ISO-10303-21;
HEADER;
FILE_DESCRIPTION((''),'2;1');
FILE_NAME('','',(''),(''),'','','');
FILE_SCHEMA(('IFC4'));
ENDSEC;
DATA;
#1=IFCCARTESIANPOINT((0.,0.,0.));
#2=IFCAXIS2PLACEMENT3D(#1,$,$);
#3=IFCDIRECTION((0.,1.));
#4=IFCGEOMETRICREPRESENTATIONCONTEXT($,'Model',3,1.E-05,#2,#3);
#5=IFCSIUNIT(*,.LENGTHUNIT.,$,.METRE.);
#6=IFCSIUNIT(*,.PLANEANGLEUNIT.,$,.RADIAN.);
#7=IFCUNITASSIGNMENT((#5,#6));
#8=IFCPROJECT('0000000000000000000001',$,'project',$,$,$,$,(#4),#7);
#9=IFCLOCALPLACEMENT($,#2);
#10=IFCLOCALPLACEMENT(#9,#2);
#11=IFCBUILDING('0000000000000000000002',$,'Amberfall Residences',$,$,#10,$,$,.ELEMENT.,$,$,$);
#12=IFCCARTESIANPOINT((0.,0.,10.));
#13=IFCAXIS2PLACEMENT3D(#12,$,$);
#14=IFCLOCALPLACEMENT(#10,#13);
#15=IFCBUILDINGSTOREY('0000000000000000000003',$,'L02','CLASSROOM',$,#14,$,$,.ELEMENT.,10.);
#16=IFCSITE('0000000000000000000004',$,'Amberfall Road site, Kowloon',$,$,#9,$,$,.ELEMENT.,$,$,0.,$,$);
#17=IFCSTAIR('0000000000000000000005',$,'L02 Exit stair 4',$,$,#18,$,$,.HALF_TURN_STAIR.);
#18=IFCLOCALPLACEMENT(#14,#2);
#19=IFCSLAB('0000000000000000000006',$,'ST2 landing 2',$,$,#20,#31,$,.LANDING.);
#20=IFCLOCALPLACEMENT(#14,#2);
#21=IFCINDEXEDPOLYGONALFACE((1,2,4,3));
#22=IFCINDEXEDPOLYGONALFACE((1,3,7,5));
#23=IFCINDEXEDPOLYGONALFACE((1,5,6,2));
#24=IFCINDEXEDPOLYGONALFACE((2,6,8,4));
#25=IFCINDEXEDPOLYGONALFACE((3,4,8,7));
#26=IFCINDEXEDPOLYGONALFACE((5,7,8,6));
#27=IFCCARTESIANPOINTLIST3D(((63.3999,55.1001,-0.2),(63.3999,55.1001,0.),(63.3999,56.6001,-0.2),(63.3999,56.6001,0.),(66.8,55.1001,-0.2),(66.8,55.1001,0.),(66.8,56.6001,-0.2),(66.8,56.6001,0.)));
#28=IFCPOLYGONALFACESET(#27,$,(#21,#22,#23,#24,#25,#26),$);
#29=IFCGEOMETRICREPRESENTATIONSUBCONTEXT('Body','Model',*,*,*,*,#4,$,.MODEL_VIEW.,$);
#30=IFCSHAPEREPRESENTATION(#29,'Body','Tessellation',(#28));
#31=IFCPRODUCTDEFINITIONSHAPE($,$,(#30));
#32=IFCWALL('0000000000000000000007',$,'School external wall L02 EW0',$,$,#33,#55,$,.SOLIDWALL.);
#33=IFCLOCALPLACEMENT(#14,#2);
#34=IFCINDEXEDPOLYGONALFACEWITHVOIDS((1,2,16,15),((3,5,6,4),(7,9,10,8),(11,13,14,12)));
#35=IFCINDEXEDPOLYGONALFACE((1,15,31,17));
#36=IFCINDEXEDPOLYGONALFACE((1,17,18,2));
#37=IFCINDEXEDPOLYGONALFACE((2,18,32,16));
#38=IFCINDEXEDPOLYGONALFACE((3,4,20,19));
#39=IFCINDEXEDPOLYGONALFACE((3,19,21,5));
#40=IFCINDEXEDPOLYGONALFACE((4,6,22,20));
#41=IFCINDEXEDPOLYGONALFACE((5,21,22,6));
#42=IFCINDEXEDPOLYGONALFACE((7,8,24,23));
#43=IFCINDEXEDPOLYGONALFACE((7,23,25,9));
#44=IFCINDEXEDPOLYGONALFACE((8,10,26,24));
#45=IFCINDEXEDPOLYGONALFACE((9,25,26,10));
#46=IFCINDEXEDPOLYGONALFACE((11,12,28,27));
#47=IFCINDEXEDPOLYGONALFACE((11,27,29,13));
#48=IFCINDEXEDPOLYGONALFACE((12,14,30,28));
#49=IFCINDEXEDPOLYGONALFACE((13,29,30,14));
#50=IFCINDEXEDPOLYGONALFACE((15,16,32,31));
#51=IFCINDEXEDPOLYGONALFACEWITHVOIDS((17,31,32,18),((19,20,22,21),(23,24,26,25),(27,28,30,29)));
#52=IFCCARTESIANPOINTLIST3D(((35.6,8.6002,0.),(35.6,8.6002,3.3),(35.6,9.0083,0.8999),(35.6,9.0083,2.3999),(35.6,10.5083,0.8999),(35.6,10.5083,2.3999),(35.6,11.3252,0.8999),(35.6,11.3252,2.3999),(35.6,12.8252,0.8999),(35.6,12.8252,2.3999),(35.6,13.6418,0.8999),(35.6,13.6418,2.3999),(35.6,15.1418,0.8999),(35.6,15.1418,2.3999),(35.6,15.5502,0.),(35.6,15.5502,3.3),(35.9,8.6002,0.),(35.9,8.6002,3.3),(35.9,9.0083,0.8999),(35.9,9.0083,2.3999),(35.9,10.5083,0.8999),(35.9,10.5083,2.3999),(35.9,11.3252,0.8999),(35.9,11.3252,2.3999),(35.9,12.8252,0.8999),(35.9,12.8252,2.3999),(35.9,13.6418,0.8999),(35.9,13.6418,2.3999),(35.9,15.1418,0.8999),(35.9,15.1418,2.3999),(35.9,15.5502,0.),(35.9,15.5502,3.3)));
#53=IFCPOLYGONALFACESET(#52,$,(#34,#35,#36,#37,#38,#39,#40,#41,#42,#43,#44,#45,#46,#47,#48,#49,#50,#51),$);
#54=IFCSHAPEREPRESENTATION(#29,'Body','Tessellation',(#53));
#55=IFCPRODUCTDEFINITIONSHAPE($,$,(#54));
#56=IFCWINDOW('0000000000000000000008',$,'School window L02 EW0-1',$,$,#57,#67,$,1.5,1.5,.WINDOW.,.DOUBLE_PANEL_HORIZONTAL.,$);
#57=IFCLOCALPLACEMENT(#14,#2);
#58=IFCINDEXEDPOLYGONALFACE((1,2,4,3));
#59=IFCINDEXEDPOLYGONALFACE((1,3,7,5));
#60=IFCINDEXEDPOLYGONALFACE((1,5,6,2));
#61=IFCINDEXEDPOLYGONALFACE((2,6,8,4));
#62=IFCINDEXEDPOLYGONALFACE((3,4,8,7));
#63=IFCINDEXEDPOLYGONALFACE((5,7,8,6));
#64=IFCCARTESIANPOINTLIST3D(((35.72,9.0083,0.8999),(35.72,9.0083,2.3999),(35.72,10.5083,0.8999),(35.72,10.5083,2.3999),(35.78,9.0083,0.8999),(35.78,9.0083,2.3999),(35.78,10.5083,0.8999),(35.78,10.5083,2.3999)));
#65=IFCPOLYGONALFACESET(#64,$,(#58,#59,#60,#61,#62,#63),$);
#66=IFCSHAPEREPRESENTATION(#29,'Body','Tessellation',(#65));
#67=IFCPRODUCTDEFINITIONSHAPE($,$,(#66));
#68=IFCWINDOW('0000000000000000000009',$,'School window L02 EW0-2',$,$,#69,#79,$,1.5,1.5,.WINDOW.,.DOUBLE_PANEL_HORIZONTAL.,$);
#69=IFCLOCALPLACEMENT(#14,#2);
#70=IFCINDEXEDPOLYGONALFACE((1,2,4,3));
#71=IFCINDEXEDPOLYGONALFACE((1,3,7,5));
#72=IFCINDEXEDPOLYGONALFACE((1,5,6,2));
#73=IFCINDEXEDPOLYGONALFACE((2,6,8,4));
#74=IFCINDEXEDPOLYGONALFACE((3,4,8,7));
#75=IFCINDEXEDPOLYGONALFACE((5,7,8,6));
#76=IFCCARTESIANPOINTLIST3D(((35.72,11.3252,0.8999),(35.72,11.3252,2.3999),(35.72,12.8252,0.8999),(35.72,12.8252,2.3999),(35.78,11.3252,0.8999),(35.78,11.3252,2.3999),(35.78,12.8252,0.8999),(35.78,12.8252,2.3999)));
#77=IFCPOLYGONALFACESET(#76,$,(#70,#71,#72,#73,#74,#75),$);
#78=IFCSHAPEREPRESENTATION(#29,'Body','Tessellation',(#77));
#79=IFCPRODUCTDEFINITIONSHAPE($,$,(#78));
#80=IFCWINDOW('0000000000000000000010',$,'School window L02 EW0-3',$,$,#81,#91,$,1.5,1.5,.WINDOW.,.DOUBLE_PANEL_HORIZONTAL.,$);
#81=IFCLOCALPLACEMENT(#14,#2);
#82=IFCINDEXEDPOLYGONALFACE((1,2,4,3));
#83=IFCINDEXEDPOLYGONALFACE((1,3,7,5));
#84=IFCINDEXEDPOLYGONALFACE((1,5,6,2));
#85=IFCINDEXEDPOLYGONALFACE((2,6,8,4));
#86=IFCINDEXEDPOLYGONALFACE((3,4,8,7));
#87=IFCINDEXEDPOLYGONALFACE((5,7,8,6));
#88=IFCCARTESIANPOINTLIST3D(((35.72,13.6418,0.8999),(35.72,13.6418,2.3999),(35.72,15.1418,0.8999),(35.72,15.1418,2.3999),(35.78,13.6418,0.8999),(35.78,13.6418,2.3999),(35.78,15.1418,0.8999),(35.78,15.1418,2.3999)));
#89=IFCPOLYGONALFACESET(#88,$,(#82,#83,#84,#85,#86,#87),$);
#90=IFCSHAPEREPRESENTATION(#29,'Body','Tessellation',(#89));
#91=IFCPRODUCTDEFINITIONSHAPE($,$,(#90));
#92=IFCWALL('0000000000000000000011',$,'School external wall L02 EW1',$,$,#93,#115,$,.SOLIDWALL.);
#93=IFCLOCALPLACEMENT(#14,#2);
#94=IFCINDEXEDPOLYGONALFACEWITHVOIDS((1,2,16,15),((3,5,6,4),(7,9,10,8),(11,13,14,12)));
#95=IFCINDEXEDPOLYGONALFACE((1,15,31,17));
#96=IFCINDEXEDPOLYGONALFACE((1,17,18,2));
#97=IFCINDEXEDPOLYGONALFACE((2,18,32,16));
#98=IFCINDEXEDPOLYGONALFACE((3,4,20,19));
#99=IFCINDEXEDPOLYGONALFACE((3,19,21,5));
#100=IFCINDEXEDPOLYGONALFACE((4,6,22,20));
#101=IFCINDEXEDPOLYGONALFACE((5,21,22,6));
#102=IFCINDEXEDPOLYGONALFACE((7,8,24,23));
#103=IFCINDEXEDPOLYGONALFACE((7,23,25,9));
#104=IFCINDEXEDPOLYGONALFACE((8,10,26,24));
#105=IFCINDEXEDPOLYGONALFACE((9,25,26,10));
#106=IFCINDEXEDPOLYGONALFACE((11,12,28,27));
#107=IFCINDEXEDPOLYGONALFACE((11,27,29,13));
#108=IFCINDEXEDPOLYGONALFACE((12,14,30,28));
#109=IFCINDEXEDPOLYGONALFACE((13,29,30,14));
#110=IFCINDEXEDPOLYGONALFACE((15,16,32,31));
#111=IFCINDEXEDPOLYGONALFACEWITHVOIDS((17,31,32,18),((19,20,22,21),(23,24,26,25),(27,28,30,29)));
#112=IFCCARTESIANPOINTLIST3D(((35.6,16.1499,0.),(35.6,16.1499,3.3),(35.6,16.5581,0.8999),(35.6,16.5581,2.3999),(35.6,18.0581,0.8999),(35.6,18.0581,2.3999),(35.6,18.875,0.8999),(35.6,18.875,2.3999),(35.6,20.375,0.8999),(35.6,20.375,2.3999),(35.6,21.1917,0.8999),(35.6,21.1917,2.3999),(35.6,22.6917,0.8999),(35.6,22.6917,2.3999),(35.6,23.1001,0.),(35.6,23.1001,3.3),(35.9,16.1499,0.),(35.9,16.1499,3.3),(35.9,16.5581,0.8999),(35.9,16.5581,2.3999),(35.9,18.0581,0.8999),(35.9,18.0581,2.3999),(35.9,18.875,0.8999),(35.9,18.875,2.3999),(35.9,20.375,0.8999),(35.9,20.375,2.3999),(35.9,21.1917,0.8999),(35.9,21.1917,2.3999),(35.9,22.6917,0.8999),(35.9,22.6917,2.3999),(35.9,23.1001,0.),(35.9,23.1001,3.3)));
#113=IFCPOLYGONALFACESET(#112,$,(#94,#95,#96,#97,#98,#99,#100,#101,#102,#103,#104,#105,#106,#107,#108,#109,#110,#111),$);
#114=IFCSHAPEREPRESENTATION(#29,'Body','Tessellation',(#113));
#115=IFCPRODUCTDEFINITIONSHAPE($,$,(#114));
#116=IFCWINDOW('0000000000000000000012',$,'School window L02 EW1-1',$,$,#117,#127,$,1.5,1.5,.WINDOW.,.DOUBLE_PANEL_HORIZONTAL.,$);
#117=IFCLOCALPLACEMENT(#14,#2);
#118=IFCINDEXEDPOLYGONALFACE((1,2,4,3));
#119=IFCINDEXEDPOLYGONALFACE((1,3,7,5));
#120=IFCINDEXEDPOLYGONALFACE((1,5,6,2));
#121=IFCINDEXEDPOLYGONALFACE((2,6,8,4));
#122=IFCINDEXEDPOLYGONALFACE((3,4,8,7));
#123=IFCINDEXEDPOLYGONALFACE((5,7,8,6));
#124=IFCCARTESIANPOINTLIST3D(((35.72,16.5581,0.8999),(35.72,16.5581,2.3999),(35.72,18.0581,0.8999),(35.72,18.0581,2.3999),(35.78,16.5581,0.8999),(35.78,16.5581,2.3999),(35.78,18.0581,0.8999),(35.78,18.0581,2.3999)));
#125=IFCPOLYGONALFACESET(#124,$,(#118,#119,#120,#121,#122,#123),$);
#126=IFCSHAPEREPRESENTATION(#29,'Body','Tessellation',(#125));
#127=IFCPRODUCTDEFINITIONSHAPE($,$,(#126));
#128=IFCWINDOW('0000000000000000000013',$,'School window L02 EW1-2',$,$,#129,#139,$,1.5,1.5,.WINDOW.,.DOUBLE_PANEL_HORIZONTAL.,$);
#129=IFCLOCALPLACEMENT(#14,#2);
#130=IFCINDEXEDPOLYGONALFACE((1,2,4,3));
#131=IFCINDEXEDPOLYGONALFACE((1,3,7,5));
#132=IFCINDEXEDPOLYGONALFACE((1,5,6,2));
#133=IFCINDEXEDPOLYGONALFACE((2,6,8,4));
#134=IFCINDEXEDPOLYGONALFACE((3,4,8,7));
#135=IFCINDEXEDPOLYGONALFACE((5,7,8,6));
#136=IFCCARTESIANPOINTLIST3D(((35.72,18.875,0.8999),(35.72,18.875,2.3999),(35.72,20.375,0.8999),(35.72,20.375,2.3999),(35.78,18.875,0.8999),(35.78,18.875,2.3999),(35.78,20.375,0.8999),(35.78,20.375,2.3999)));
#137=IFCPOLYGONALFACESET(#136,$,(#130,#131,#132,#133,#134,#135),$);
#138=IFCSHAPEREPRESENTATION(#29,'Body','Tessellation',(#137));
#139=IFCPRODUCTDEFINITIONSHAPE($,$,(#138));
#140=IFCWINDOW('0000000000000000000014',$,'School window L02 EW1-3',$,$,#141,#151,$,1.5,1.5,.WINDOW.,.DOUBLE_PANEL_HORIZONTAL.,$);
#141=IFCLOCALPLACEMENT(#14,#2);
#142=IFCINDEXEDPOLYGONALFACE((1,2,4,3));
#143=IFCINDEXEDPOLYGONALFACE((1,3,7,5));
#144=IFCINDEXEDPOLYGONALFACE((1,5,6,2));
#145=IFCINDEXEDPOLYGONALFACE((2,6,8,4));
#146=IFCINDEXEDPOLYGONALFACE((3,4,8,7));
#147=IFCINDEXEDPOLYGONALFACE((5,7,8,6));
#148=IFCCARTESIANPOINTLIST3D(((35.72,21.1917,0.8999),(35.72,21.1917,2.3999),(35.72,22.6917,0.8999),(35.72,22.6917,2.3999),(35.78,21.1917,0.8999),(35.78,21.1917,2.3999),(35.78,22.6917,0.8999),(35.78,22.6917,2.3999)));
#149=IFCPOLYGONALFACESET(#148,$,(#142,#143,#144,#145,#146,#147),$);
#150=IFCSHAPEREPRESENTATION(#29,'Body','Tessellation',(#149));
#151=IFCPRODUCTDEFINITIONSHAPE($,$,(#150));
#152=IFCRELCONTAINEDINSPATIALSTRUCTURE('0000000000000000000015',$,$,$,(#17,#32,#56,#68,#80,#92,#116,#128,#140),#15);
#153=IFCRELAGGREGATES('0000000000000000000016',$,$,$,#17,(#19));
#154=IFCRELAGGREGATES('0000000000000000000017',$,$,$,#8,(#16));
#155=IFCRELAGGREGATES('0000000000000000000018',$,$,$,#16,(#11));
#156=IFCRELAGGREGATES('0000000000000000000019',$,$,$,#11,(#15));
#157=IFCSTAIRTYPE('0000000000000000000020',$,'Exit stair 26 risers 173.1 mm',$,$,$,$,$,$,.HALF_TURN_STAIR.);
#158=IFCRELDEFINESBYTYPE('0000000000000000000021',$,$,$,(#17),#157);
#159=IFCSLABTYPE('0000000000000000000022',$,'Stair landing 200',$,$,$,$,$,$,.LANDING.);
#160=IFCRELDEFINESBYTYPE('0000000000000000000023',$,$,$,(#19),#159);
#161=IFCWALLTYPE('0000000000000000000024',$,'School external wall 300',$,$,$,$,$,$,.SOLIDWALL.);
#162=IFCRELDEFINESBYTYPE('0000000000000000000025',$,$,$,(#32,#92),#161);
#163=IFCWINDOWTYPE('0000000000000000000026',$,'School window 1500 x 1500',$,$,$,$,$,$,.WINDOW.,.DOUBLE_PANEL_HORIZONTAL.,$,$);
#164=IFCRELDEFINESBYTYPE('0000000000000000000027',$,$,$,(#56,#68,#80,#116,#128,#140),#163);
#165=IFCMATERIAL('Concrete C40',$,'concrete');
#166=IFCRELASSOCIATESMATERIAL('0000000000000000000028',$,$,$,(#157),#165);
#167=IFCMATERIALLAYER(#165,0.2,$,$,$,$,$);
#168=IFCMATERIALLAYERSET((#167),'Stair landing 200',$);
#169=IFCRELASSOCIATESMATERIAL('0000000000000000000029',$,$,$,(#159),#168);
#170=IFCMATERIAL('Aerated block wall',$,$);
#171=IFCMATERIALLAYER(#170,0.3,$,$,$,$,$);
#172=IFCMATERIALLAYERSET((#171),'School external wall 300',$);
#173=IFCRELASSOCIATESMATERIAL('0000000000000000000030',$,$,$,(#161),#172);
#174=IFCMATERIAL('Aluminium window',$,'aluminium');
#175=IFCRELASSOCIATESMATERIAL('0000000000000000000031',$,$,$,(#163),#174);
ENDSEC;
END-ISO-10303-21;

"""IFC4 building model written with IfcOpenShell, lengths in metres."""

from ifc_helpers import new_model, si_unit, direction, frame, frame_2d, origin, place, context, subcontext, project, spatial, polyline, rectangle, outline, extrude, material, layer, layer_set, type_object, element, fill, aggregate, save


model = new_model("IFC4")

# Units and contexts
model_context = context("Model", 3, precision=1e-05, world=origin(), true_north=direction((0.0, 1.0)))
body_context = subcontext(model_context, "Body", "Model", "MODEL_VIEW")
ifc_project = project(units=[si_unit("LENGTHUNIT", "METRE"), si_unit("PLANEANGLEUNIT", "RADIAN")], contexts=[model_context])

# Site, building, storey
site_placement = place(None, origin())
site = spatial("IfcSite", under=ifc_project, at=site_placement, Name="Amberfall Road site, Kowloon", CompositionType="ELEMENT", RefElevation=0.0)
building_placement = place(site_placement, origin())
building = spatial("IfcBuilding", under=site, at=building_placement, Name="Amberfall Residences", CompositionType="ELEMENT")
storey_placement = place(building_placement, frame((0.0, 0.0, 10.0)))
storey = spatial("IfcBuildingStorey", under=building, at=storey_placement, Name="L02", Description="CLASSROOM", CompositionType="ELEMENT", Elevation=10.0)

# Shared definitions
ifc_material_1 = material(Name="Concrete C40", Category="concrete")

# Shared definitions
stair_type_1 = type_object("IfcStairType", Name="Exit stair 26 risers 173.1 mm", PredefinedType="HALF_TURN_STAIR", material=ifc_material_1)
ifc_layer_1 = layer(ifc_material_1, 0.2)
ifc_layer_set_1 = layer_set([ifc_layer_1], Name="Stair landing 200")
slab_type_1 = type_object("IfcSlabType", Name="Stair landing 200", PredefinedType="LANDING", material=ifc_layer_set_1)

# Stair, slab
stair_1_placement = place(storey_placement, origin())
stair_1 = element("IfcStair", 1, at=stair_1_placement, inside=storey, type_object=stair_type_1, Name="L02 Exit stair 4", PredefinedType="HALF_TURN_STAIR")
slab_1_placement = place(storey_placement, frame((0.0, 0.0, -0.2)))
slab_1 = element("IfcSlab", 2, at=slab_1_placement, type_object=slab_type_1, Name="ST2 landing 2", PredefinedType="LANDING", context=body_context, shape_type="SweptSolid", body=[
    extrude(outline(polyline([(63.3999, 56.6001), (63.3999, 55.1001), (66.8, 55.1001), (66.8, 56.6001), (63.3999, 56.6001)])), origin(), (0.0, 0.0, 1.0), 0.2),
])
aggregate(stair_1, [slab_1])

# Walls, openings, windows
ifc_material_2 = material(Name="Aerated block wall")
ifc_layer_2 = layer(ifc_material_2, 0.3)
ifc_layer_set_2 = layer_set([ifc_layer_2], Name="School external wall 300")
wall_type = type_object("IfcWallType", Name="School external wall 300", PredefinedType="SOLIDWALL", material=ifc_layer_set_2)
wall_1_placement = place(storey_placement, frame((35.75, 8.6001, 0.0), z_axis=(0.0, 0.0, 1.0), x_axis=(0.0, 1.0, 0.0)))
wall_1 = element("IfcWall", 3, at=wall_1_placement, inside=storey, type_object=wall_type, Name="School external wall L02 EW0", PredefinedType="SOLIDWALL", context=body_context, shape_type="SweptSolid", body=[
    extrude(rectangle(XDim=6.95, YDim=0.3, at=frame_2d((3.4751, 0.0))), origin(), (0.0, 0.0, 1.0), 3.3),
])
opening_1_placement = place(wall_1_placement, frame((0.4082, 0.0, 0.8999)))
opening_1 = element("IfcOpeningElement", 4, at=opening_1_placement, cuts=wall_1, PredefinedType="OPENING", context=body_context, shape_type="SweptSolid", body=[
    extrude(rectangle(XDim=1.5, YDim=1.5, at=frame_2d((0.75, 0.75))), frame((0.0, 0.1599, 0.0), z_axis=(0.0, -1.0, 0.0), x_axis=(1.0, 0.0, 0.0)), (0.0, 0.0, 1.0), 0.3201),
])
opening_2_placement = place(wall_1_placement, frame((2.7251, 0.0, 0.8999)))
opening_2 = element("IfcOpeningElement", 5, at=opening_2_placement, cuts=wall_1, PredefinedType="OPENING", context=body_context, shape_type="SweptSolid", body=[
    extrude(rectangle(XDim=1.5, YDim=1.5, at=frame_2d((0.75, 0.75))), frame((0.0, 0.1599, 0.0), z_axis=(0.0, -1.0, 0.0), x_axis=(1.0, 0.0, 0.0)), (0.0, 0.0, 1.0), 0.3201),
])
opening_3_placement = place(wall_1_placement, frame((5.0417, 0.0, 0.8999)))
opening_3 = element("IfcOpeningElement", 6, at=opening_3_placement, cuts=wall_1, PredefinedType="OPENING", context=body_context, shape_type="SweptSolid", body=[
    extrude(rectangle(XDim=1.5, YDim=1.5, at=frame_2d((0.75, 0.75))), frame((0.0, 0.1599, 0.0), z_axis=(0.0, -1.0, 0.0), x_axis=(1.0, 0.0, 0.0)), (0.0, 0.0, 1.0), 0.3201),
])
ifc_material_3 = material(Name="Aluminium window", Category="aluminium")
window_type = type_object("IfcWindowType", Name="School window 1500 x 1500", PartitioningType="DOUBLE_PANEL_HORIZONTAL", PredefinedType="WINDOW", material=ifc_material_3)
window_1_placement = place(opening_1_placement, origin())
window_1 = element("IfcWindow", 7, at=window_1_placement, inside=storey, type_object=window_type, Name="School window L02 EW0-1", OverallHeight=1.5, OverallWidth=1.5, PartitioningType="DOUBLE_PANEL_HORIZONTAL", PredefinedType="WINDOW", context=body_context, shape_type="SweptSolid", body=[
    extrude(rectangle(XDim=1.5, YDim=1.5, at=frame_2d((0.75, 0.75))), frame((0.0, 0.03, 0.0), z_axis=(0.0, -1.0, 0.0), x_axis=(1.0, 0.0, 0.0)), (0.0, 0.0, 1.0), 0.0601),
])
fill(opening_1, window_1)
window_2_placement = place(opening_2_placement, origin())
window_2 = element("IfcWindow", 8, at=window_2_placement, inside=storey, type_object=window_type, Name="School window L02 EW0-2", OverallHeight=1.5, OverallWidth=1.5, PartitioningType="DOUBLE_PANEL_HORIZONTAL", PredefinedType="WINDOW", context=body_context, shape_type="SweptSolid", body=[
    extrude(rectangle(XDim=1.5, YDim=1.5, at=frame_2d((0.75, 0.75))), frame((0.0, 0.03, 0.0), z_axis=(0.0, -1.0, 0.0), x_axis=(1.0, 0.0, 0.0)), (0.0, 0.0, 1.0), 0.0601),
])
fill(opening_2, window_2)
window_3_placement = place(opening_3_placement, origin())
window_3 = element("IfcWindow", 9, at=window_3_placement, inside=storey, type_object=window_type, Name="School window L02 EW0-3", OverallHeight=1.5, OverallWidth=1.5, PartitioningType="DOUBLE_PANEL_HORIZONTAL", PredefinedType="WINDOW", context=body_context, shape_type="SweptSolid", body=[
    extrude(rectangle(XDim=1.5, YDim=1.5, at=frame_2d((0.75, 0.75))), frame((0.0, 0.03, 0.0), z_axis=(0.0, -1.0, 0.0), x_axis=(1.0, 0.0, 0.0)), (0.0, 0.0, 1.0), 0.0601),
])
fill(opening_3, window_3)
wall_2_placement = place(storey_placement, frame((35.75, 16.1499, 0.0), z_axis=(0.0, 0.0, 1.0), x_axis=(0.0, 1.0, 0.0)))
wall_2 = element("IfcWall", 10, at=wall_2_placement, inside=storey, type_object=wall_type, Name="School external wall L02 EW1", PredefinedType="SOLIDWALL", context=body_context, shape_type="SweptSolid", body=[
    extrude(rectangle(XDim=6.9502, YDim=0.3, at=frame_2d((3.4751, 0.0))), origin(), (0.0, 0.0, 1.0), 3.3),
])
opening_4_placement = place(wall_2_placement, frame((0.4082, 0.0, 0.8999)))
opening_4 = element("IfcOpeningElement", 11, at=opening_4_placement, cuts=wall_2, PredefinedType="OPENING", context=body_context, shape_type="SweptSolid", body=[
    extrude(rectangle(XDim=1.5, YDim=1.5, at=frame_2d((0.75, 0.75))), frame((0.0, 0.1599, 0.0), z_axis=(0.0, -1.0, 0.0), x_axis=(1.0, 0.0, 0.0)), (0.0, 0.0, 1.0), 0.3201),
])
opening_5_placement = place(wall_2_placement, frame((2.7251, 0.0, 0.8999)))
opening_5 = element("IfcOpeningElement", 12, at=opening_5_placement, cuts=wall_2, PredefinedType="OPENING", context=body_context, shape_type="SweptSolid", body=[
    extrude(rectangle(XDim=1.5, YDim=1.5, at=frame_2d((0.75, 0.75))), frame((0.0, 0.1599, 0.0), z_axis=(0.0, -1.0, 0.0), x_axis=(1.0, 0.0, 0.0)), (0.0, 0.0, 1.0), 0.3201),
])
opening_6_placement = place(wall_2_placement, frame((5.0417, 0.0, 0.8999)))
opening_6 = element("IfcOpeningElement", 13, at=opening_6_placement, cuts=wall_2, PredefinedType="OPENING", context=body_context, shape_type="SweptSolid", body=[
    extrude(rectangle(XDim=1.5, YDim=1.5, at=frame_2d((0.75, 0.75))), frame((0.0, 0.1599, 0.0), z_axis=(0.0, -1.0, 0.0), x_axis=(1.0, 0.0, 0.0)), (0.0, 0.0, 1.0), 0.3201),
])
window_4_placement = place(opening_4_placement, origin())
window_4 = element("IfcWindow", 14, at=window_4_placement, inside=storey, type_object=window_type, Name="School window L02 EW1-1", OverallHeight=1.5, OverallWidth=1.5, PartitioningType="DOUBLE_PANEL_HORIZONTAL", PredefinedType="WINDOW", context=body_context, shape_type="SweptSolid", body=[
    extrude(rectangle(XDim=1.5, YDim=1.5, at=frame_2d((0.75, 0.75))), frame((0.0, 0.03, 0.0), z_axis=(0.0, -1.0, 0.0), x_axis=(1.0, 0.0, 0.0)), (0.0, 0.0, 1.0), 0.0601),
])
fill(opening_4, window_4)
window_5_placement = place(opening_5_placement, origin())
window_5 = element("IfcWindow", 15, at=window_5_placement, inside=storey, type_object=window_type, Name="School window L02 EW1-2", OverallHeight=1.5, OverallWidth=1.5, PartitioningType="DOUBLE_PANEL_HORIZONTAL", PredefinedType="WINDOW", context=body_context, shape_type="SweptSolid", body=[
    extrude(rectangle(XDim=1.5, YDim=1.5, at=frame_2d((0.75, 0.75))), frame((0.0, 0.03, 0.0), z_axis=(0.0, -1.0, 0.0), x_axis=(1.0, 0.0, 0.0)), (0.0, 0.0, 1.0), 0.0601),
])
fill(opening_5, window_5)
window_6_placement = place(opening_6_placement, origin())
window_6 = element("IfcWindow", 16, at=window_6_placement, inside=storey, type_object=window_type, Name="School window L02 EW1-3", OverallHeight=1.5, OverallWidth=1.5, PartitioningType="DOUBLE_PANEL_HORIZONTAL", PredefinedType="WINDOW", context=body_context, shape_type="SweptSolid", body=[
    extrude(rectangle(XDim=1.5, YDim=1.5, at=frame_2d((0.75, 0.75))), frame((0.0, 0.03, 0.0), z_axis=(0.0, -1.0, 0.0), x_axis=(1.0, 0.0, 0.0)), (0.0, 0.0, 1.0), 0.0601),
])
fill(opening_6, window_6)

save(model, "model.ifc")
